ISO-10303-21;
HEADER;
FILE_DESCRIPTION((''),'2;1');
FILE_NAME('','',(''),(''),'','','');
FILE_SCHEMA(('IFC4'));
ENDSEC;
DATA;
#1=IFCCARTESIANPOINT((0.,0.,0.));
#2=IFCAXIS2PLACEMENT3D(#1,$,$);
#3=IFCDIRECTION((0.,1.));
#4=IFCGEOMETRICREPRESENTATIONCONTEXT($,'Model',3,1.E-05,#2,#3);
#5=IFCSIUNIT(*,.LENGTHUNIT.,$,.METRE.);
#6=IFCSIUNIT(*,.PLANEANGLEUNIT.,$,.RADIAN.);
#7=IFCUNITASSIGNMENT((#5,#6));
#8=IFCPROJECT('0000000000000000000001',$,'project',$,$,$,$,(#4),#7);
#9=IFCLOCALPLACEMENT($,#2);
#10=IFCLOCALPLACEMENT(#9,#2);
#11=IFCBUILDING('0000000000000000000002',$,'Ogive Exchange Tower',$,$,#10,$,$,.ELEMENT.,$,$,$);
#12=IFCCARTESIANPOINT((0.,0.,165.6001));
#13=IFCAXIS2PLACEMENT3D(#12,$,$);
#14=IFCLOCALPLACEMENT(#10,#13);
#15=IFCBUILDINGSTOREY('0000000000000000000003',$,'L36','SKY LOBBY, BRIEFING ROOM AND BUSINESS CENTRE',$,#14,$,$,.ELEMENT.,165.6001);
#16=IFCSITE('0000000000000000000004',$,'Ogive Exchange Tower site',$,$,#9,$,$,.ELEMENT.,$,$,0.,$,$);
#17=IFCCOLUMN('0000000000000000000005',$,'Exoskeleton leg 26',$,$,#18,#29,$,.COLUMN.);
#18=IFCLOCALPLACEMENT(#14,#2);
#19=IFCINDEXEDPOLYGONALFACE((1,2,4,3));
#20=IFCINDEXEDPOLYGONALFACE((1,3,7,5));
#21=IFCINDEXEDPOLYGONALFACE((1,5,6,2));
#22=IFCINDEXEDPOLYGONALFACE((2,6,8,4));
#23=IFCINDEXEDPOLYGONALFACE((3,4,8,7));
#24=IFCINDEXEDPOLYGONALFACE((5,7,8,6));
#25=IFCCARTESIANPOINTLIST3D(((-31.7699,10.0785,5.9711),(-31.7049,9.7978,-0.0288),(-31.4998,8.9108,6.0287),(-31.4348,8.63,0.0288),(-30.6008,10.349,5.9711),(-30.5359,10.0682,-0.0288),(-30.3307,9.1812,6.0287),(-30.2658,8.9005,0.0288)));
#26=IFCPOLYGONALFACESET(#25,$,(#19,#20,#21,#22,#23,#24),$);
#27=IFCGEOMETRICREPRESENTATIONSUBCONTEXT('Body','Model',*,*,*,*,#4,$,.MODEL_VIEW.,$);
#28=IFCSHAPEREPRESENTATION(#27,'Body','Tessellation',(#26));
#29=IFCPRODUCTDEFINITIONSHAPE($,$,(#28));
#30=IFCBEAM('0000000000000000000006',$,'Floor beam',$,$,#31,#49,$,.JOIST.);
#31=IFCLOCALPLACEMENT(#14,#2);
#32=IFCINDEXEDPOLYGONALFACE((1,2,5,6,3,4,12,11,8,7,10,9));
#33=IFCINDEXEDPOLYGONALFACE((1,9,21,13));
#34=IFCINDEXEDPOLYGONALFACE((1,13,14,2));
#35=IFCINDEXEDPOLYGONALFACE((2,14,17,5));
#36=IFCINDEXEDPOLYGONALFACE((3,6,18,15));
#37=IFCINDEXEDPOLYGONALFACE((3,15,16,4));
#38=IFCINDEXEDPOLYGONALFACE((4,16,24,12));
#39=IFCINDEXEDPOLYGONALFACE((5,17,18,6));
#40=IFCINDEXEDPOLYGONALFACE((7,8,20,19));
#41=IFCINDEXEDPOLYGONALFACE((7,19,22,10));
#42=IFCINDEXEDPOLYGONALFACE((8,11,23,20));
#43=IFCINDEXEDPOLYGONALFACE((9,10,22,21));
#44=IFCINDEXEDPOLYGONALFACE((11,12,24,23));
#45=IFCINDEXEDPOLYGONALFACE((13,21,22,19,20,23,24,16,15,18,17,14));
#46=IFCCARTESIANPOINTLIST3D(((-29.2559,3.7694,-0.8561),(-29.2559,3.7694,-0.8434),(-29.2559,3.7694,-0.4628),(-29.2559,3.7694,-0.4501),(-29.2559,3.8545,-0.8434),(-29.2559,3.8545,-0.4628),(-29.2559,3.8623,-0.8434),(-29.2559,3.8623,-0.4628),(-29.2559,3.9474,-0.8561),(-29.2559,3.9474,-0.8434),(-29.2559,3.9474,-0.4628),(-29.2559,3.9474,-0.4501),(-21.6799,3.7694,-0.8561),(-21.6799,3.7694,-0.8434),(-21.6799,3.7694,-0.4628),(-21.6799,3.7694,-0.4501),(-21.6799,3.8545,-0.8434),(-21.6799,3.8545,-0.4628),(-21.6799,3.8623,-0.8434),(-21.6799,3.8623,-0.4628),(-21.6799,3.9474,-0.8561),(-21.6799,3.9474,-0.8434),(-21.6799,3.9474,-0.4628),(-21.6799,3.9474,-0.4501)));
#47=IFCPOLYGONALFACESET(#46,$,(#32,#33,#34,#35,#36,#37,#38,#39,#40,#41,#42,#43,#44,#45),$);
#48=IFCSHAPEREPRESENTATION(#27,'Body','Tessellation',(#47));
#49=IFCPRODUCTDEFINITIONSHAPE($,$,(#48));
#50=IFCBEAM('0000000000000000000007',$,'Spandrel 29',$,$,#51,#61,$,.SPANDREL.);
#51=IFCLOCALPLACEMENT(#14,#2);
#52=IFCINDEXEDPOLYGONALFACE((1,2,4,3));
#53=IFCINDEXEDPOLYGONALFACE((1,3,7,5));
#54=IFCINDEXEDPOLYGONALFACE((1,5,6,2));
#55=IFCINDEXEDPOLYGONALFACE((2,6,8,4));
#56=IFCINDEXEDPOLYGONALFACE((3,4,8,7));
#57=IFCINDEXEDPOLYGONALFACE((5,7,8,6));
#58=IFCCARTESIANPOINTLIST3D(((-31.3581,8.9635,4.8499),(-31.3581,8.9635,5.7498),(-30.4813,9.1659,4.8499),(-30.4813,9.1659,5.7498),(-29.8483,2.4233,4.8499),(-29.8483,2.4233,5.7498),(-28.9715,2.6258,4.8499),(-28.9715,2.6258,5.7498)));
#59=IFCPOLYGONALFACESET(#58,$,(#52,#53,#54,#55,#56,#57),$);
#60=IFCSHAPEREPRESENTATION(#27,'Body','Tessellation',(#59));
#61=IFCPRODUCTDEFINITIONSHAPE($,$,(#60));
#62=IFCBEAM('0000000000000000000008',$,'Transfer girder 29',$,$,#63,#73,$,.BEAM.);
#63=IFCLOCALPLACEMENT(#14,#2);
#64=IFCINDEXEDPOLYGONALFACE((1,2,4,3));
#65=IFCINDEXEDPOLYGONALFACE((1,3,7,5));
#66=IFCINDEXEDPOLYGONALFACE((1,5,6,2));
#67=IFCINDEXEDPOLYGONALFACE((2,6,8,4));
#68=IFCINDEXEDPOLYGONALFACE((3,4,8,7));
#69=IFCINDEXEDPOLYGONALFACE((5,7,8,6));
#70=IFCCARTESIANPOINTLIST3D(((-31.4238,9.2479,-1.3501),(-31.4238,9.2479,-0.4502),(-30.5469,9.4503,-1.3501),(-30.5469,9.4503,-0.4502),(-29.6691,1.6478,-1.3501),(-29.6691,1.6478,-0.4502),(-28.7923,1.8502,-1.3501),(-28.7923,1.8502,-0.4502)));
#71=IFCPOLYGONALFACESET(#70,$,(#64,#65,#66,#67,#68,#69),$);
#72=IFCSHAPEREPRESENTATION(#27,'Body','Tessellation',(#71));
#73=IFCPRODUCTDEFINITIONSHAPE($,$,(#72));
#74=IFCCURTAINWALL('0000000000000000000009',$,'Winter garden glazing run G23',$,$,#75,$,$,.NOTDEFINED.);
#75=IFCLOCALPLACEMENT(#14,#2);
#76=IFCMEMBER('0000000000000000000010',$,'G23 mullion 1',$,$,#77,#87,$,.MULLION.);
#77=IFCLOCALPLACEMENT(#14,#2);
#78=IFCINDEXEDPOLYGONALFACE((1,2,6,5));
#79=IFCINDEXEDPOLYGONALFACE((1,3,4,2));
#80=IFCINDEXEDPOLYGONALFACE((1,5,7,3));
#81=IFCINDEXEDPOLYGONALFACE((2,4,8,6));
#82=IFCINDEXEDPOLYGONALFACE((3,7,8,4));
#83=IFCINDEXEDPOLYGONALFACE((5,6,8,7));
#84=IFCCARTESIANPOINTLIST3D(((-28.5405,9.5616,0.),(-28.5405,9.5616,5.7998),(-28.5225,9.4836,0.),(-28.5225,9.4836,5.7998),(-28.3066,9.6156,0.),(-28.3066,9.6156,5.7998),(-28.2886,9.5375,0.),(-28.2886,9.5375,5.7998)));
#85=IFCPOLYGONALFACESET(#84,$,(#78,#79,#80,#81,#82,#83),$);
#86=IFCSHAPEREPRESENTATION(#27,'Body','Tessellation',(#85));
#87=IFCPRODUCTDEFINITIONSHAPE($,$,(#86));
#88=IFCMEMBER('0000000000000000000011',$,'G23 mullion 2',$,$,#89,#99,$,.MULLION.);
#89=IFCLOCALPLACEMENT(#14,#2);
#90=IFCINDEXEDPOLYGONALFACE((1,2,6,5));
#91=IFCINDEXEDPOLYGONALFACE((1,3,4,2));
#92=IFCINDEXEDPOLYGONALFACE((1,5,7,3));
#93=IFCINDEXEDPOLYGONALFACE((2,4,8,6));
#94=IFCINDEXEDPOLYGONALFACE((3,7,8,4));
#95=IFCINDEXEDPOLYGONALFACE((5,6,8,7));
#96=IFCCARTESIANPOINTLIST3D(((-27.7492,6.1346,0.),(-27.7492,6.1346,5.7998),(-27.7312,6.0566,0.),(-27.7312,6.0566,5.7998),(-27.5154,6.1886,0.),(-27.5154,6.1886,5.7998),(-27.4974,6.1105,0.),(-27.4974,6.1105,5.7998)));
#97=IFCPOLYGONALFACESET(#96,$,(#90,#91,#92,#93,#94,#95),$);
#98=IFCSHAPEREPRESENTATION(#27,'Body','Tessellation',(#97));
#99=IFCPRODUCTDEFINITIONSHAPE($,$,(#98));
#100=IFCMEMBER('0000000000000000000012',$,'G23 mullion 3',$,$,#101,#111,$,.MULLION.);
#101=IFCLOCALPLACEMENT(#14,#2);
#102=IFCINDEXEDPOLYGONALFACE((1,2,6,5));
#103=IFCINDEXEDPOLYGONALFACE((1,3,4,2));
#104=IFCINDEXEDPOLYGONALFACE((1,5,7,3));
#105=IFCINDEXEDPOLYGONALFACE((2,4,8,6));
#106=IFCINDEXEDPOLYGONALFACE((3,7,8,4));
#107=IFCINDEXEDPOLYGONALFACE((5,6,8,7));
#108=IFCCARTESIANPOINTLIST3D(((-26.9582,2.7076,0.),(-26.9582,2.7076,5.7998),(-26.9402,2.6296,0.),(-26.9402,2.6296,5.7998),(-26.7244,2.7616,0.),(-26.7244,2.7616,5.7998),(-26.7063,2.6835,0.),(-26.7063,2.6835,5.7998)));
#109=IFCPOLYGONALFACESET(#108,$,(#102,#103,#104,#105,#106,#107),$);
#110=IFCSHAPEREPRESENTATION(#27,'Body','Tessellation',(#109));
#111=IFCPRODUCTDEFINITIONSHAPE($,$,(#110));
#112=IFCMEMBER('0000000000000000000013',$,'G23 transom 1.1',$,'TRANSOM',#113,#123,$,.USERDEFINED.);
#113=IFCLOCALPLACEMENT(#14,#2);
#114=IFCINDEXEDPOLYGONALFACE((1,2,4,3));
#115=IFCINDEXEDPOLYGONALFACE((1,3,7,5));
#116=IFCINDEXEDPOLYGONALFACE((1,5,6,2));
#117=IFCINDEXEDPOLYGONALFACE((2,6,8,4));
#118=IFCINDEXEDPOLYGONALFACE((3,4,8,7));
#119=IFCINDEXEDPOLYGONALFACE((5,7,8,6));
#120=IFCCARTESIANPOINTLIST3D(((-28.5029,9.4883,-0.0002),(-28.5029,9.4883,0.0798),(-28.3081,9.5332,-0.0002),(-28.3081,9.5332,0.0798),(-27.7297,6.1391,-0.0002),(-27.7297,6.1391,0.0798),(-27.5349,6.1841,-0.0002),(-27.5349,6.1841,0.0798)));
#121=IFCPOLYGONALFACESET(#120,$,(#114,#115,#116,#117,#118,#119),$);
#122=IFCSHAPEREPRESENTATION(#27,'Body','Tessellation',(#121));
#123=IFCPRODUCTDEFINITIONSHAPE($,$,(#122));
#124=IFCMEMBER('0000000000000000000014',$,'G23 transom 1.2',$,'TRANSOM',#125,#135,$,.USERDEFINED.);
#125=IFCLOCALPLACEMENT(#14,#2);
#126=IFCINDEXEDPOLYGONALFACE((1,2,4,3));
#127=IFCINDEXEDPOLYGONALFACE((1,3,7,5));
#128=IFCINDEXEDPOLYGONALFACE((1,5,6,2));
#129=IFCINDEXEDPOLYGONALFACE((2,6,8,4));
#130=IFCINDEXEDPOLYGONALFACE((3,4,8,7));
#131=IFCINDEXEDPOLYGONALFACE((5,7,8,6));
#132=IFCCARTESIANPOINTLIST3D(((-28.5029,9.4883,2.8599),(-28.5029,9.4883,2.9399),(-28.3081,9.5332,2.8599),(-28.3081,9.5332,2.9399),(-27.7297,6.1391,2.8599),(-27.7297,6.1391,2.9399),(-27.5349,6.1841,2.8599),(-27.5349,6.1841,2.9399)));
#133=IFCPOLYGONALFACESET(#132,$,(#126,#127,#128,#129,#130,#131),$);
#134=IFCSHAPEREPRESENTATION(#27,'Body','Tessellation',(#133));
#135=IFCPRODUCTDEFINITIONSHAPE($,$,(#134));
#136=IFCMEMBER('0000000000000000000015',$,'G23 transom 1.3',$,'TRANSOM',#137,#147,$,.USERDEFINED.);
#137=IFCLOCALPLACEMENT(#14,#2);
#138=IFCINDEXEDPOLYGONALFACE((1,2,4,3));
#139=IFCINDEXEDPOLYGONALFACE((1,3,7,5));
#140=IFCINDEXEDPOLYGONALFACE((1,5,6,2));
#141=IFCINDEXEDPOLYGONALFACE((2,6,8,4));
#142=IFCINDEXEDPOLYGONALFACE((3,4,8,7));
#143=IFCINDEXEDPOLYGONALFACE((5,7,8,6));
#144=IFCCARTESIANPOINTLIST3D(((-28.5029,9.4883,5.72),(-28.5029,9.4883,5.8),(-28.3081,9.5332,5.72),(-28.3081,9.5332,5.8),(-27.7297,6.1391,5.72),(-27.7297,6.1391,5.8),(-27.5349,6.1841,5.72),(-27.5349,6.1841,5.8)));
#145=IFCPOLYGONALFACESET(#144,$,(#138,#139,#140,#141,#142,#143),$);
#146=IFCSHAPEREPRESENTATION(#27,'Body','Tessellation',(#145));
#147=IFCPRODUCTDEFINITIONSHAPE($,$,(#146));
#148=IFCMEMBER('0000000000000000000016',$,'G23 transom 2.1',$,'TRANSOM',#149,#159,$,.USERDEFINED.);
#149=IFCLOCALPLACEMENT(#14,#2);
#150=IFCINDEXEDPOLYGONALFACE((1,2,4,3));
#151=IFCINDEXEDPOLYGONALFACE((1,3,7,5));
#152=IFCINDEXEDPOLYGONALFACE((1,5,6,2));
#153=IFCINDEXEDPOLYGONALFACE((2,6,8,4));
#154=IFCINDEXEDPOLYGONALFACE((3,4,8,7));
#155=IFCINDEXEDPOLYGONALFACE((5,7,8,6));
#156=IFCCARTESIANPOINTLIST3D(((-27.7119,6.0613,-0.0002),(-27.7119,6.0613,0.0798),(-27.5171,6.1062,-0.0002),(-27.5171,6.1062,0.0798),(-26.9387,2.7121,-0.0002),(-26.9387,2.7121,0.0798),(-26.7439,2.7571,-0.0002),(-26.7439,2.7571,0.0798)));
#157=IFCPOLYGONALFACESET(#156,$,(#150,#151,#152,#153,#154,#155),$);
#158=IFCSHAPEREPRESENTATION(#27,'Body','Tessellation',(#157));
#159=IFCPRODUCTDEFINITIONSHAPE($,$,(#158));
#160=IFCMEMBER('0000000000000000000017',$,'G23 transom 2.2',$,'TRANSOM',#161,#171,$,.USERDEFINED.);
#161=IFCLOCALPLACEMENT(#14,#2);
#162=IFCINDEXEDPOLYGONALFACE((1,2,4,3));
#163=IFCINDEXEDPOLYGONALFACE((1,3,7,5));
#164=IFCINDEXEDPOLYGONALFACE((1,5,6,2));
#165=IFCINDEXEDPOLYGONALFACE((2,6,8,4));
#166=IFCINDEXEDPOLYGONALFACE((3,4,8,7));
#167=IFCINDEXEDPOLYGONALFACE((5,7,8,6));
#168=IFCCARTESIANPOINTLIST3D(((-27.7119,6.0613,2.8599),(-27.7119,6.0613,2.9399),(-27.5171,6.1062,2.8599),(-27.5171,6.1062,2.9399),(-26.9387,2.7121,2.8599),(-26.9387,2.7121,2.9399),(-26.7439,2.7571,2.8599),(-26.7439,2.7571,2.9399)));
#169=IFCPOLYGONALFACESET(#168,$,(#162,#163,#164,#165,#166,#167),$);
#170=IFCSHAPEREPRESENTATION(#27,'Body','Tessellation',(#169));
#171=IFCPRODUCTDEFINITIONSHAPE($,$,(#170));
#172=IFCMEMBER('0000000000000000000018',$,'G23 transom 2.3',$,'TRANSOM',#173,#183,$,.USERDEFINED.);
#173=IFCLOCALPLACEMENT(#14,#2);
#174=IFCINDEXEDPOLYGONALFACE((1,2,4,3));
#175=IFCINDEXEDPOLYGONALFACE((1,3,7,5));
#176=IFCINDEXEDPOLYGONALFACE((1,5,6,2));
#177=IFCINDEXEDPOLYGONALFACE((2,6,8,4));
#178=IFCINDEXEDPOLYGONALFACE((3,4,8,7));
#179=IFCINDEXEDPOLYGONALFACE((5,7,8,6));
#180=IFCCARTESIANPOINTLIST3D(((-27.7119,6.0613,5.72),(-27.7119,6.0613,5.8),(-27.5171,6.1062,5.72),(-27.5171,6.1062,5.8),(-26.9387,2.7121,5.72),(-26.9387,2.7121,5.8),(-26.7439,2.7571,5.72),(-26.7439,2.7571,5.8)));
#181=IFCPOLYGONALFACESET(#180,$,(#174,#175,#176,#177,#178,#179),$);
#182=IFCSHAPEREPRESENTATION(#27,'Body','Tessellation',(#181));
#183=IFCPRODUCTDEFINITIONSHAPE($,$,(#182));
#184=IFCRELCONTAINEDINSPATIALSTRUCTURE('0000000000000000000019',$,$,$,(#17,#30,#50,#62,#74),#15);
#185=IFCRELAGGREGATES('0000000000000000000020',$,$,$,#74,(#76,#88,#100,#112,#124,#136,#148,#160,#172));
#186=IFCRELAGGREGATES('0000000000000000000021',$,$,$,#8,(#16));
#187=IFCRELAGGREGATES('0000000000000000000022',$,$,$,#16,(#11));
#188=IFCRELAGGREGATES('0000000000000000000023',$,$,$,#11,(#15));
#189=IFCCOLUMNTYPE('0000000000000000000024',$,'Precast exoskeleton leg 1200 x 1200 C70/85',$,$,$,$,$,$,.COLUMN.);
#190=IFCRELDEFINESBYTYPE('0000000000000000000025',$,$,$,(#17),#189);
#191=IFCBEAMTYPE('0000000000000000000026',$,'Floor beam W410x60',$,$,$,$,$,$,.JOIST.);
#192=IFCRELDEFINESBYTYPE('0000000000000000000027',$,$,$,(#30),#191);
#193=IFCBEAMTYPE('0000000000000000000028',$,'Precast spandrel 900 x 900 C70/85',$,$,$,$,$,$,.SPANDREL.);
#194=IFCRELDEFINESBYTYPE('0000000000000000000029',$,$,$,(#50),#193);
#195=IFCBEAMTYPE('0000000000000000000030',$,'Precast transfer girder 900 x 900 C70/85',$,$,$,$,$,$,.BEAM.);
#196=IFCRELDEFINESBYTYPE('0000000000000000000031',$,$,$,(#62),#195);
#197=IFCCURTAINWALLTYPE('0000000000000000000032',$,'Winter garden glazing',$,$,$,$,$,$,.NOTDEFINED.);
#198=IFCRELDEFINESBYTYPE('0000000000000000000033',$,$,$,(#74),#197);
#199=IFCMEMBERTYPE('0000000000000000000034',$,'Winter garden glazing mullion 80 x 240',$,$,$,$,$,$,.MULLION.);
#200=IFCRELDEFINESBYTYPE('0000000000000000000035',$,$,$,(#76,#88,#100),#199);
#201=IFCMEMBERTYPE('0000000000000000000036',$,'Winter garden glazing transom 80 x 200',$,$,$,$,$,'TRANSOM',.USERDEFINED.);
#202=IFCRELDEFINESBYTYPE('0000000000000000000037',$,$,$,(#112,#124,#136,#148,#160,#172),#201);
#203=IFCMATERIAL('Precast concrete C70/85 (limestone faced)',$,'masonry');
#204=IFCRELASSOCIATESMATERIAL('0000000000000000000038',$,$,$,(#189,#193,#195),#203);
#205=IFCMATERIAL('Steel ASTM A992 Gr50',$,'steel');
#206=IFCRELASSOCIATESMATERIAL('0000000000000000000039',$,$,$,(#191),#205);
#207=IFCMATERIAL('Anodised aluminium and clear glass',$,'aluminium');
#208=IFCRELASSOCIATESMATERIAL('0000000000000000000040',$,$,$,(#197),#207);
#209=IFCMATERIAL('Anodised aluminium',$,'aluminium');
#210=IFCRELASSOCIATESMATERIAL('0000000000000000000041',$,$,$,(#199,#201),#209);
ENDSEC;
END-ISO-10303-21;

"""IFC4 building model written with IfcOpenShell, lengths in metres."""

from ifc_helpers import new_model, si_unit, direction, frame, origin, origin_2d, place, context, subcontext, project, spatial, rectangle, i_section, extrude, material, material_profile, profile_set, type_object, element, aggregate, save


model = new_model("IFC4")

# Units and contexts
model_context = context("Model", 3, precision=1e-05, world=origin(), true_north=direction((0.0, 1.0)))
body_context = subcontext(model_context, "Body", "Model", "MODEL_VIEW")
ifc_project = project(units=[si_unit("LENGTHUNIT", "METRE"), si_unit("PLANEANGLEUNIT", "RADIAN")], contexts=[model_context])

# Site, building, storey
site_placement = place(None, origin())
site = spatial("IfcSite", under=ifc_project, at=site_placement, Name="Ogive Exchange Tower site", CompositionType="ELEMENT", RefElevation=0.0)
building_placement = place(site_placement, origin())
building = spatial("IfcBuilding", under=site, at=building_placement, Name="Ogive Exchange Tower", CompositionType="ELEMENT")
storey_placement = place(building_placement, frame((0.0, 0.0, 165.6001)))
storey = spatial("IfcBuildingStorey", under=building, at=storey_placement, Name="L36", Description="SKY LOBBY, BRIEFING ROOM AND BUSINESS CENTRE", CompositionType="ELEMENT", Elevation=165.6001)

# Column
ifc_material_1 = material(Name="Precast concrete C70/85 (limestone faced)", Category="masonry")
ifc_material_profile_1 = material_profile(ifc_material_1, rectangle(XDim=1.2, YDim=1.2, at=origin_2d()), Name="1200 x 1200")
ifc_profile_set_1 = profile_set([ifc_material_profile_1], Name="Precast concrete C70/85 (limestone faced)")
column_type = type_object("IfcColumnType", Name="Precast exoskeleton leg 1200 x 1200 C70/85", PredefinedType="COLUMN", material=ifc_profile_set_1)
column_placement = place(storey_placement, frame((-30.9854, 9.3491, 0.0), z_axis=(-0.010811, 0.04674, 0.998849), x_axis=(-0.974277, -0.225354, 0.0)))
element("IfcColumn", 1, at=column_placement, inside=storey, type_object=column_type, Name="Exoskeleton leg 26", PredefinedType="COLUMN", context=body_context, shape_type="SweptSolid", body=[
    extrude(rectangle(XDim=1.2, YDim=1.2, at=origin_2d()), origin(), (0.0, 0.0, 1.0), 6.0068),
])

# Beams
ifc_material_2 = material(Name="Steel ASTM A992 Gr50", Category="steel")
ifc_material_profile_2 = material_profile(ifc_material_2, i_section(OverallWidth=0.178, OverallDepth=0.406, WebThickness=0.0078, FlangeThickness=0.0127, at=origin_2d()), Name="W410x60")
ifc_profile_set_2 = profile_set([ifc_material_profile_2], Name="Steel ASTM A992 Gr50")
beam_type_1 = type_object("IfcBeamType", Name="Floor beam W410x60", PredefinedType="JOIST", material=ifc_profile_set_2)
beam_1_placement = place(storey_placement, frame((-29.2559, 3.8584, -0.6531), z_axis=(1.0, 0.0, 0.0), x_axis=(0.0, 1.0, 0.0)))
element("IfcBeam", 2, at=beam_1_placement, inside=storey, type_object=beam_type_1, Name="Floor beam", PredefinedType="JOIST", context=body_context, shape_type="SweptSolid", body=[
    extrude(i_section(OverallWidth=0.178, OverallDepth=0.406, WebThickness=0.0078, FlangeThickness=0.0127, at=origin_2d()), origin(), (0.0, 0.0, 1.0), 7.5759),
])
ifc_material_profile_3 = material_profile(ifc_material_1, rectangle(XDim=0.8999, YDim=0.8999, at=origin_2d()), Name="900 x 900")
ifc_profile_set_3 = profile_set([ifc_material_profile_3], Name="Precast concrete C70/85 (limestone faced)")
beam_type_2 = type_object("IfcBeamType", Name="Precast spandrel 900 x 900 C70/85", PredefinedType="SPANDREL", material=ifc_profile_set_3)
beam_2_placement = place(storey_placement, frame((-30.9197, 9.0647, 5.2998), z_axis=(0.224934, -0.974374, 0.0), x_axis=(0.974374, 0.224934, 0.0)))
element("IfcBeam", 3, at=beam_2_placement, inside=storey, type_object=beam_type_2, Name="Spandrel 29", PredefinedType="SPANDREL", context=body_context, shape_type="SweptSolid", body=[
    extrude(rectangle(XDim=0.8999, YDim=0.8999, at=origin_2d()), origin(), (0.0, 0.0, 1.0), 6.7122),
])
ifc_material_profile_4 = material_profile(ifc_material_1, rectangle(XDim=0.8999, YDim=0.8999, at=origin_2d()), Name="900 x 900")
ifc_profile_set_4 = profile_set([ifc_material_profile_4], Name="Precast concrete C70/85 (limestone faced)")
beam_type_3 = type_object("IfcBeamType", Name="Precast transfer girder 900 x 900 C70/85", PredefinedType="BEAM", material=ifc_profile_set_4)
beam_3_placement = place(storey_placement, frame((-30.9854, 9.3491, -0.9001), z_axis=(0.224953, -0.97437, 0.0), x_axis=(0.97437, 0.224953, 0.0)))
element("IfcBeam", 4, at=beam_3_placement, inside=storey, type_object=beam_type_3, Name="Transfer girder 29", PredefinedType="BEAM", context=body_context, shape_type="SweptSolid", body=[
    extrude(rectangle(XDim=0.8999, YDim=0.8999, at=origin_2d()), origin(), (0.0, 0.0, 1.0), 7.8),
])

# Curtain wall, members
ifc_material_3 = material(Name="Anodised aluminium and clear glass", Category="aluminium")
curtain_wall_type = type_object("IfcCurtainWallType", Name="Winter garden glazing", PredefinedType="NOTDEFINED", material=ifc_material_3)
curtain_wall_placement = place(storey_placement, origin())
curtain_wall = element("IfcCurtainWall", 5, at=curtain_wall_placement, inside=storey, type_object=curtain_wall_type, Name="Winter garden glazing run G23", PredefinedType="NOTDEFINED")
ifc_material_4 = material(Name="Anodised aluminium", Category="aluminium")
ifc_material_profile_5 = material_profile(ifc_material_4, rectangle(XDim=0.24, YDim=0.0801, at=origin_2d()), Name="AL 80x240")
ifc_profile_set_5 = profile_set([ifc_material_profile_5], Name="Anodised aluminium")
member_type_1 = type_object("IfcMemberType", Name="Winter garden glazing mullion 80 x 240", PredefinedType="MULLION", material=ifc_profile_set_5)
member_1_placement = place(storey_placement, frame((-28.4146, 9.5496, 0.0), z_axis=(0.0, 0.0, 1.0), x_axis=(0.974369, 0.224957, 0.0)))
member_1 = element("IfcMember", 6, at=member_1_placement, type_object=member_type_1, Name="G23 mullion 1", PredefinedType="MULLION", context=body_context, shape_type="SweptSolid", body=[
    extrude(rectangle(XDim=0.24, YDim=0.0801, at=origin_2d()), origin(), (0.0, 0.0, 1.0), 5.7998),
])
member_2_placement = place(storey_placement, frame((-27.6233, 6.1226, 0.0), z_axis=(0.0, 0.0, 1.0), x_axis=(0.974369, 0.224957, 0.0)))
member_2 = element("IfcMember", 7, at=member_2_placement, type_object=member_type_1, Name="G23 mullion 2", PredefinedType="MULLION", context=body_context, shape_type="SweptSolid", body=[
    extrude(rectangle(XDim=0.24, YDim=0.0801, at=origin_2d()), origin(), (0.0, 0.0, 1.0), 5.7998),
])
member_3_placement = place(storey_placement, frame((-26.8323, 2.6956, 0.0), z_axis=(0.0, 0.0, 1.0), x_axis=(0.974369, 0.224957, 0.0)))
member_3 = element("IfcMember", 8, at=member_3_placement, type_object=member_type_1, Name="G23 mullion 3", PredefinedType="MULLION", context=body_context, shape_type="SweptSolid", body=[
    extrude(rectangle(XDim=0.24, YDim=0.0801, at=origin_2d()), origin(), (0.0, 0.0, 1.0), 5.7998),
])
ifc_material_profile_6 = material_profile(ifc_material_4, rectangle(XDim=0.2, YDim=0.0801, at=origin_2d()), Name="AL 80x200")
ifc_profile_set_6 = profile_set([ifc_material_profile_6], Name="Anodised aluminium")
member_type_2 = type_object("IfcMemberType", Name="Winter garden glazing transom 80 x 200", ElementType="TRANSOM", PredefinedType="USERDEFINED", material=ifc_profile_set_6)
member_4_placement = place(storey_placement, frame((-28.4055, 9.5107, 0.0398), z_axis=(0.224948, -0.974371, 0.0), x_axis=(0.974371, 0.224948, 0.0)))
member_4 = element("IfcMember", 9, at=member_4_placement, type_object=member_type_2, Name="G23 transom 1.1", ObjectType="TRANSOM", PredefinedType="USERDEFINED", context=body_context, shape_type="SweptSolid", body=[
    extrude(rectangle(XDim=0.2, YDim=0.0801, at=origin_2d()), origin(), (0.0, 0.0, 1.0), 3.4373),
])
member_5_placement = place(storey_placement, frame((-28.4055, 9.5107, 2.8999), z_axis=(0.224948, -0.974371, 0.0), x_axis=(0.974371, 0.224948, 0.0)))
member_5 = element("IfcMember", 10, at=member_5_placement, type_object=member_type_2, Name="G23 transom 1.2", ObjectType="TRANSOM", PredefinedType="USERDEFINED", context=body_context, shape_type="SweptSolid", body=[
    extrude(rectangle(XDim=0.2, YDim=0.0801, at=origin_2d()), origin(), (0.0, 0.0, 1.0), 3.4373),
])
member_6_placement = place(storey_placement, frame((-28.4055, 9.5107, 5.76), z_axis=(0.224948, -0.974371, 0.0), x_axis=(0.974371, 0.224948, 0.0)))
member_6 = element("IfcMember", 11, at=member_6_placement, type_object=member_type_2, Name="G23 transom 1.3", ObjectType="TRANSOM", PredefinedType="USERDEFINED", context=body_context, shape_type="SweptSolid", body=[
    extrude(rectangle(XDim=0.2, YDim=0.0801, at=origin_2d()), origin(), (0.0, 0.0, 1.0), 3.4373),
])
member_7_placement = place(storey_placement, frame((-27.6145, 6.0837, 0.0398), z_axis=(0.224948, -0.974371, 0.0), x_axis=(0.974371, 0.224948, 0.0)))
member_7 = element("IfcMember", 12, at=member_7_placement, type_object=member_type_2, Name="G23 transom 2.1", ObjectType="TRANSOM", PredefinedType="USERDEFINED", context=body_context, shape_type="SweptSolid", body=[
    extrude(rectangle(XDim=0.2, YDim=0.0801, at=origin_2d()), origin(), (0.0, 0.0, 1.0), 3.4373),
])
member_8_placement = place(storey_placement, frame((-27.6145, 6.0837, 2.8999), z_axis=(0.224948, -0.974371, 0.0), x_axis=(0.974371, 0.224948, 0.0)))
member_8 = element("IfcMember", 13, at=member_8_placement, type_object=member_type_2, Name="G23 transom 2.2", ObjectType="TRANSOM", PredefinedType="USERDEFINED", context=body_context, shape_type="SweptSolid", body=[
    extrude(rectangle(XDim=0.2, YDim=0.0801, at=origin_2d()), origin(), (0.0, 0.0, 1.0), 3.4373),
])
member_9_placement = place(storey_placement, frame((-27.6145, 6.0837, 5.76), z_axis=(0.224948, -0.974371, 0.0), x_axis=(0.974371, 0.224948, 0.0)))
member_9 = element("IfcMember", 14, at=member_9_placement, type_object=member_type_2, Name="G23 transom 2.3", ObjectType="TRANSOM", PredefinedType="USERDEFINED", context=body_context, shape_type="SweptSolid", body=[
    extrude(rectangle(XDim=0.2, YDim=0.0801, at=origin_2d()), origin(), (0.0, 0.0, 1.0), 3.4373),
])
aggregate(curtain_wall, [member_1, member_2, member_3, member_4, member_5, member_6, member_7, member_8, member_9])

save(model, "model.ifc")
